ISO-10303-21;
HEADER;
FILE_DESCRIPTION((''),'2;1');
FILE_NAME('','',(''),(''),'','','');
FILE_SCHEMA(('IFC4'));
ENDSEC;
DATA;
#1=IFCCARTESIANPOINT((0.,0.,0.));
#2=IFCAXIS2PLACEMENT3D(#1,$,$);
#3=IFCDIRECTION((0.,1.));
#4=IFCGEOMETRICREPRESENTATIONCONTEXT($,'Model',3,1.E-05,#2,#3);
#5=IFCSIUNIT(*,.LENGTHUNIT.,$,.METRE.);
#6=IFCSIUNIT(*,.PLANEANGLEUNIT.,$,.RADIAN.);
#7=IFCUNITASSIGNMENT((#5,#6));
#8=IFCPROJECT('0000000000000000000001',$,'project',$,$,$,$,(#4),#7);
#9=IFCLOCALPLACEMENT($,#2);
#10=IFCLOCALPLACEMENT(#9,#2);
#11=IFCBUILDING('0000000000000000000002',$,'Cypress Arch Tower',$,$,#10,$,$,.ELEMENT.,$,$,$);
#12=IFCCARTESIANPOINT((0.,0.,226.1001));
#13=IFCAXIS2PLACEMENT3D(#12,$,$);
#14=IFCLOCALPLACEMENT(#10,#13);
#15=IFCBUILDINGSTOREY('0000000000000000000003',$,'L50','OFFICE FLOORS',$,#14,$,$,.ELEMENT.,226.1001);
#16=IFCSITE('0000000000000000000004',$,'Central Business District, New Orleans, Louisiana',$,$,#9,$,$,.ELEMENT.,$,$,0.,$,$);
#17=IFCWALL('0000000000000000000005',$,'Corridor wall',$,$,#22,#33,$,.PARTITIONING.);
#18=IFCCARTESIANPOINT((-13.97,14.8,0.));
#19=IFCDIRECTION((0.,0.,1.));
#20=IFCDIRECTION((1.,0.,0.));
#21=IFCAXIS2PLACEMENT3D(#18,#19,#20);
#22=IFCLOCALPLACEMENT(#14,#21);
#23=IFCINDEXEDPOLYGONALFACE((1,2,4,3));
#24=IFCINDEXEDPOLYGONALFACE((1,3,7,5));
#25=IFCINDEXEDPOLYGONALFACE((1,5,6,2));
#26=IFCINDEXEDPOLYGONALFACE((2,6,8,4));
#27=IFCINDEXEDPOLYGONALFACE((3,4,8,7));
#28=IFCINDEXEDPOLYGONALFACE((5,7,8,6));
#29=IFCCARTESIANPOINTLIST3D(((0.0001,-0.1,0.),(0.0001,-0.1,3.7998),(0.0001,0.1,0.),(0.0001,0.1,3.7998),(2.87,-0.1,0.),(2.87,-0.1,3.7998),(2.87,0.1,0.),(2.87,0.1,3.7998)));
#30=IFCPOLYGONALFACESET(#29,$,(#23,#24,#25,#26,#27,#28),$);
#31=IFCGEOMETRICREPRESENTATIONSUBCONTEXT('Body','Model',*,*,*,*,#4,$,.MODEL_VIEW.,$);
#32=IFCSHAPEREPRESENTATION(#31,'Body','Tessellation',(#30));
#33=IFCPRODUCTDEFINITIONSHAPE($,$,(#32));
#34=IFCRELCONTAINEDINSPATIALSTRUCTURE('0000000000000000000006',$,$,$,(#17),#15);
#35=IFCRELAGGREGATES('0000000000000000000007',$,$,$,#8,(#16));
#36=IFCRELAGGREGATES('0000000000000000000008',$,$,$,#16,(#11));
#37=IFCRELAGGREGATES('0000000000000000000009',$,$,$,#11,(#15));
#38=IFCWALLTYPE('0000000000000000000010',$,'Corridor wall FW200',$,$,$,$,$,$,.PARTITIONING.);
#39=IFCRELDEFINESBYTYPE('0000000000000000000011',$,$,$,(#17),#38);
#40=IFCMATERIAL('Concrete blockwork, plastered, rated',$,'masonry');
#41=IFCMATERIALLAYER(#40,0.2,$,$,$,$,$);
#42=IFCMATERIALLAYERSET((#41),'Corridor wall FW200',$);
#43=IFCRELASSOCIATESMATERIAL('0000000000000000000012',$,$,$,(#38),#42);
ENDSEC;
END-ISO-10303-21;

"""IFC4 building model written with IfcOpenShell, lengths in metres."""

from ifc_helpers import new_model, si_unit, direction, frame, frame_2d, origin, place, context, subcontext, project, spatial, rectangle, extrude, material, layer, layer_set, type_object, element, save


model = new_model("IFC4")

# Units and contexts
model_context = context("Model", 3, precision=1e-05, world=origin(), true_north=direction((0.0, 1.0)))
body_context = subcontext(model_context, "Body", "Model", "MODEL_VIEW")
ifc_project = project(units=[si_unit("LENGTHUNIT", "METRE"), si_unit("PLANEANGLEUNIT", "RADIAN")], contexts=[model_context])

# Site, building, storey
site_placement = place(None, origin())
site = spatial("IfcSite", under=ifc_project, at=site_placement, Name="Central Business District, New Orleans, Louisiana", CompositionType="ELEMENT", RefElevation=0.0)
building_placement = place(site_placement, origin())
building = spatial("IfcBuilding", under=site, at=building_placement, Name="Cypress Arch Tower", CompositionType="ELEMENT")
storey_placement = place(building_placement, frame((0.0, 0.0, 226.1001)))
storey = spatial("IfcBuildingStorey", under=building, at=storey_placement, Name="L50", Description="OFFICE FLOORS", CompositionType="ELEMENT", Elevation=226.1001)

# Wall
ifc_material_1 = material(Name="Concrete blockwork, plastered, rated", Category="masonry")
ifc_layer_1 = layer(ifc_material_1, 0.2)
ifc_layer_set_1 = layer_set([ifc_layer_1], Name="Corridor wall FW200")
wall_type_1 = type_object("IfcWallType", Name="Corridor wall FW200", PredefinedType="PARTITIONING", material=ifc_layer_set_1)
wall_1_placement = place(storey_placement, frame((-13.97, 14.8, 0.0), z_axis=(0.0, 0.0, 1.0), x_axis=(1.0, 0.0, 0.0)))
element("IfcWall", 1, at=wall_1_placement, inside=storey, type_object=wall_type_1, Name="Corridor wall", PredefinedType="PARTITIONING", context=body_context, shape_type="SweptSolid", body=[
    extrude(rectangle(XDim=2.8699, YDim=0.2, at=frame_2d((1.4351, 0.0))), origin(), (0.0, 0.0, 1.0), 3.7998),
])

save(model, "model.ifc")
